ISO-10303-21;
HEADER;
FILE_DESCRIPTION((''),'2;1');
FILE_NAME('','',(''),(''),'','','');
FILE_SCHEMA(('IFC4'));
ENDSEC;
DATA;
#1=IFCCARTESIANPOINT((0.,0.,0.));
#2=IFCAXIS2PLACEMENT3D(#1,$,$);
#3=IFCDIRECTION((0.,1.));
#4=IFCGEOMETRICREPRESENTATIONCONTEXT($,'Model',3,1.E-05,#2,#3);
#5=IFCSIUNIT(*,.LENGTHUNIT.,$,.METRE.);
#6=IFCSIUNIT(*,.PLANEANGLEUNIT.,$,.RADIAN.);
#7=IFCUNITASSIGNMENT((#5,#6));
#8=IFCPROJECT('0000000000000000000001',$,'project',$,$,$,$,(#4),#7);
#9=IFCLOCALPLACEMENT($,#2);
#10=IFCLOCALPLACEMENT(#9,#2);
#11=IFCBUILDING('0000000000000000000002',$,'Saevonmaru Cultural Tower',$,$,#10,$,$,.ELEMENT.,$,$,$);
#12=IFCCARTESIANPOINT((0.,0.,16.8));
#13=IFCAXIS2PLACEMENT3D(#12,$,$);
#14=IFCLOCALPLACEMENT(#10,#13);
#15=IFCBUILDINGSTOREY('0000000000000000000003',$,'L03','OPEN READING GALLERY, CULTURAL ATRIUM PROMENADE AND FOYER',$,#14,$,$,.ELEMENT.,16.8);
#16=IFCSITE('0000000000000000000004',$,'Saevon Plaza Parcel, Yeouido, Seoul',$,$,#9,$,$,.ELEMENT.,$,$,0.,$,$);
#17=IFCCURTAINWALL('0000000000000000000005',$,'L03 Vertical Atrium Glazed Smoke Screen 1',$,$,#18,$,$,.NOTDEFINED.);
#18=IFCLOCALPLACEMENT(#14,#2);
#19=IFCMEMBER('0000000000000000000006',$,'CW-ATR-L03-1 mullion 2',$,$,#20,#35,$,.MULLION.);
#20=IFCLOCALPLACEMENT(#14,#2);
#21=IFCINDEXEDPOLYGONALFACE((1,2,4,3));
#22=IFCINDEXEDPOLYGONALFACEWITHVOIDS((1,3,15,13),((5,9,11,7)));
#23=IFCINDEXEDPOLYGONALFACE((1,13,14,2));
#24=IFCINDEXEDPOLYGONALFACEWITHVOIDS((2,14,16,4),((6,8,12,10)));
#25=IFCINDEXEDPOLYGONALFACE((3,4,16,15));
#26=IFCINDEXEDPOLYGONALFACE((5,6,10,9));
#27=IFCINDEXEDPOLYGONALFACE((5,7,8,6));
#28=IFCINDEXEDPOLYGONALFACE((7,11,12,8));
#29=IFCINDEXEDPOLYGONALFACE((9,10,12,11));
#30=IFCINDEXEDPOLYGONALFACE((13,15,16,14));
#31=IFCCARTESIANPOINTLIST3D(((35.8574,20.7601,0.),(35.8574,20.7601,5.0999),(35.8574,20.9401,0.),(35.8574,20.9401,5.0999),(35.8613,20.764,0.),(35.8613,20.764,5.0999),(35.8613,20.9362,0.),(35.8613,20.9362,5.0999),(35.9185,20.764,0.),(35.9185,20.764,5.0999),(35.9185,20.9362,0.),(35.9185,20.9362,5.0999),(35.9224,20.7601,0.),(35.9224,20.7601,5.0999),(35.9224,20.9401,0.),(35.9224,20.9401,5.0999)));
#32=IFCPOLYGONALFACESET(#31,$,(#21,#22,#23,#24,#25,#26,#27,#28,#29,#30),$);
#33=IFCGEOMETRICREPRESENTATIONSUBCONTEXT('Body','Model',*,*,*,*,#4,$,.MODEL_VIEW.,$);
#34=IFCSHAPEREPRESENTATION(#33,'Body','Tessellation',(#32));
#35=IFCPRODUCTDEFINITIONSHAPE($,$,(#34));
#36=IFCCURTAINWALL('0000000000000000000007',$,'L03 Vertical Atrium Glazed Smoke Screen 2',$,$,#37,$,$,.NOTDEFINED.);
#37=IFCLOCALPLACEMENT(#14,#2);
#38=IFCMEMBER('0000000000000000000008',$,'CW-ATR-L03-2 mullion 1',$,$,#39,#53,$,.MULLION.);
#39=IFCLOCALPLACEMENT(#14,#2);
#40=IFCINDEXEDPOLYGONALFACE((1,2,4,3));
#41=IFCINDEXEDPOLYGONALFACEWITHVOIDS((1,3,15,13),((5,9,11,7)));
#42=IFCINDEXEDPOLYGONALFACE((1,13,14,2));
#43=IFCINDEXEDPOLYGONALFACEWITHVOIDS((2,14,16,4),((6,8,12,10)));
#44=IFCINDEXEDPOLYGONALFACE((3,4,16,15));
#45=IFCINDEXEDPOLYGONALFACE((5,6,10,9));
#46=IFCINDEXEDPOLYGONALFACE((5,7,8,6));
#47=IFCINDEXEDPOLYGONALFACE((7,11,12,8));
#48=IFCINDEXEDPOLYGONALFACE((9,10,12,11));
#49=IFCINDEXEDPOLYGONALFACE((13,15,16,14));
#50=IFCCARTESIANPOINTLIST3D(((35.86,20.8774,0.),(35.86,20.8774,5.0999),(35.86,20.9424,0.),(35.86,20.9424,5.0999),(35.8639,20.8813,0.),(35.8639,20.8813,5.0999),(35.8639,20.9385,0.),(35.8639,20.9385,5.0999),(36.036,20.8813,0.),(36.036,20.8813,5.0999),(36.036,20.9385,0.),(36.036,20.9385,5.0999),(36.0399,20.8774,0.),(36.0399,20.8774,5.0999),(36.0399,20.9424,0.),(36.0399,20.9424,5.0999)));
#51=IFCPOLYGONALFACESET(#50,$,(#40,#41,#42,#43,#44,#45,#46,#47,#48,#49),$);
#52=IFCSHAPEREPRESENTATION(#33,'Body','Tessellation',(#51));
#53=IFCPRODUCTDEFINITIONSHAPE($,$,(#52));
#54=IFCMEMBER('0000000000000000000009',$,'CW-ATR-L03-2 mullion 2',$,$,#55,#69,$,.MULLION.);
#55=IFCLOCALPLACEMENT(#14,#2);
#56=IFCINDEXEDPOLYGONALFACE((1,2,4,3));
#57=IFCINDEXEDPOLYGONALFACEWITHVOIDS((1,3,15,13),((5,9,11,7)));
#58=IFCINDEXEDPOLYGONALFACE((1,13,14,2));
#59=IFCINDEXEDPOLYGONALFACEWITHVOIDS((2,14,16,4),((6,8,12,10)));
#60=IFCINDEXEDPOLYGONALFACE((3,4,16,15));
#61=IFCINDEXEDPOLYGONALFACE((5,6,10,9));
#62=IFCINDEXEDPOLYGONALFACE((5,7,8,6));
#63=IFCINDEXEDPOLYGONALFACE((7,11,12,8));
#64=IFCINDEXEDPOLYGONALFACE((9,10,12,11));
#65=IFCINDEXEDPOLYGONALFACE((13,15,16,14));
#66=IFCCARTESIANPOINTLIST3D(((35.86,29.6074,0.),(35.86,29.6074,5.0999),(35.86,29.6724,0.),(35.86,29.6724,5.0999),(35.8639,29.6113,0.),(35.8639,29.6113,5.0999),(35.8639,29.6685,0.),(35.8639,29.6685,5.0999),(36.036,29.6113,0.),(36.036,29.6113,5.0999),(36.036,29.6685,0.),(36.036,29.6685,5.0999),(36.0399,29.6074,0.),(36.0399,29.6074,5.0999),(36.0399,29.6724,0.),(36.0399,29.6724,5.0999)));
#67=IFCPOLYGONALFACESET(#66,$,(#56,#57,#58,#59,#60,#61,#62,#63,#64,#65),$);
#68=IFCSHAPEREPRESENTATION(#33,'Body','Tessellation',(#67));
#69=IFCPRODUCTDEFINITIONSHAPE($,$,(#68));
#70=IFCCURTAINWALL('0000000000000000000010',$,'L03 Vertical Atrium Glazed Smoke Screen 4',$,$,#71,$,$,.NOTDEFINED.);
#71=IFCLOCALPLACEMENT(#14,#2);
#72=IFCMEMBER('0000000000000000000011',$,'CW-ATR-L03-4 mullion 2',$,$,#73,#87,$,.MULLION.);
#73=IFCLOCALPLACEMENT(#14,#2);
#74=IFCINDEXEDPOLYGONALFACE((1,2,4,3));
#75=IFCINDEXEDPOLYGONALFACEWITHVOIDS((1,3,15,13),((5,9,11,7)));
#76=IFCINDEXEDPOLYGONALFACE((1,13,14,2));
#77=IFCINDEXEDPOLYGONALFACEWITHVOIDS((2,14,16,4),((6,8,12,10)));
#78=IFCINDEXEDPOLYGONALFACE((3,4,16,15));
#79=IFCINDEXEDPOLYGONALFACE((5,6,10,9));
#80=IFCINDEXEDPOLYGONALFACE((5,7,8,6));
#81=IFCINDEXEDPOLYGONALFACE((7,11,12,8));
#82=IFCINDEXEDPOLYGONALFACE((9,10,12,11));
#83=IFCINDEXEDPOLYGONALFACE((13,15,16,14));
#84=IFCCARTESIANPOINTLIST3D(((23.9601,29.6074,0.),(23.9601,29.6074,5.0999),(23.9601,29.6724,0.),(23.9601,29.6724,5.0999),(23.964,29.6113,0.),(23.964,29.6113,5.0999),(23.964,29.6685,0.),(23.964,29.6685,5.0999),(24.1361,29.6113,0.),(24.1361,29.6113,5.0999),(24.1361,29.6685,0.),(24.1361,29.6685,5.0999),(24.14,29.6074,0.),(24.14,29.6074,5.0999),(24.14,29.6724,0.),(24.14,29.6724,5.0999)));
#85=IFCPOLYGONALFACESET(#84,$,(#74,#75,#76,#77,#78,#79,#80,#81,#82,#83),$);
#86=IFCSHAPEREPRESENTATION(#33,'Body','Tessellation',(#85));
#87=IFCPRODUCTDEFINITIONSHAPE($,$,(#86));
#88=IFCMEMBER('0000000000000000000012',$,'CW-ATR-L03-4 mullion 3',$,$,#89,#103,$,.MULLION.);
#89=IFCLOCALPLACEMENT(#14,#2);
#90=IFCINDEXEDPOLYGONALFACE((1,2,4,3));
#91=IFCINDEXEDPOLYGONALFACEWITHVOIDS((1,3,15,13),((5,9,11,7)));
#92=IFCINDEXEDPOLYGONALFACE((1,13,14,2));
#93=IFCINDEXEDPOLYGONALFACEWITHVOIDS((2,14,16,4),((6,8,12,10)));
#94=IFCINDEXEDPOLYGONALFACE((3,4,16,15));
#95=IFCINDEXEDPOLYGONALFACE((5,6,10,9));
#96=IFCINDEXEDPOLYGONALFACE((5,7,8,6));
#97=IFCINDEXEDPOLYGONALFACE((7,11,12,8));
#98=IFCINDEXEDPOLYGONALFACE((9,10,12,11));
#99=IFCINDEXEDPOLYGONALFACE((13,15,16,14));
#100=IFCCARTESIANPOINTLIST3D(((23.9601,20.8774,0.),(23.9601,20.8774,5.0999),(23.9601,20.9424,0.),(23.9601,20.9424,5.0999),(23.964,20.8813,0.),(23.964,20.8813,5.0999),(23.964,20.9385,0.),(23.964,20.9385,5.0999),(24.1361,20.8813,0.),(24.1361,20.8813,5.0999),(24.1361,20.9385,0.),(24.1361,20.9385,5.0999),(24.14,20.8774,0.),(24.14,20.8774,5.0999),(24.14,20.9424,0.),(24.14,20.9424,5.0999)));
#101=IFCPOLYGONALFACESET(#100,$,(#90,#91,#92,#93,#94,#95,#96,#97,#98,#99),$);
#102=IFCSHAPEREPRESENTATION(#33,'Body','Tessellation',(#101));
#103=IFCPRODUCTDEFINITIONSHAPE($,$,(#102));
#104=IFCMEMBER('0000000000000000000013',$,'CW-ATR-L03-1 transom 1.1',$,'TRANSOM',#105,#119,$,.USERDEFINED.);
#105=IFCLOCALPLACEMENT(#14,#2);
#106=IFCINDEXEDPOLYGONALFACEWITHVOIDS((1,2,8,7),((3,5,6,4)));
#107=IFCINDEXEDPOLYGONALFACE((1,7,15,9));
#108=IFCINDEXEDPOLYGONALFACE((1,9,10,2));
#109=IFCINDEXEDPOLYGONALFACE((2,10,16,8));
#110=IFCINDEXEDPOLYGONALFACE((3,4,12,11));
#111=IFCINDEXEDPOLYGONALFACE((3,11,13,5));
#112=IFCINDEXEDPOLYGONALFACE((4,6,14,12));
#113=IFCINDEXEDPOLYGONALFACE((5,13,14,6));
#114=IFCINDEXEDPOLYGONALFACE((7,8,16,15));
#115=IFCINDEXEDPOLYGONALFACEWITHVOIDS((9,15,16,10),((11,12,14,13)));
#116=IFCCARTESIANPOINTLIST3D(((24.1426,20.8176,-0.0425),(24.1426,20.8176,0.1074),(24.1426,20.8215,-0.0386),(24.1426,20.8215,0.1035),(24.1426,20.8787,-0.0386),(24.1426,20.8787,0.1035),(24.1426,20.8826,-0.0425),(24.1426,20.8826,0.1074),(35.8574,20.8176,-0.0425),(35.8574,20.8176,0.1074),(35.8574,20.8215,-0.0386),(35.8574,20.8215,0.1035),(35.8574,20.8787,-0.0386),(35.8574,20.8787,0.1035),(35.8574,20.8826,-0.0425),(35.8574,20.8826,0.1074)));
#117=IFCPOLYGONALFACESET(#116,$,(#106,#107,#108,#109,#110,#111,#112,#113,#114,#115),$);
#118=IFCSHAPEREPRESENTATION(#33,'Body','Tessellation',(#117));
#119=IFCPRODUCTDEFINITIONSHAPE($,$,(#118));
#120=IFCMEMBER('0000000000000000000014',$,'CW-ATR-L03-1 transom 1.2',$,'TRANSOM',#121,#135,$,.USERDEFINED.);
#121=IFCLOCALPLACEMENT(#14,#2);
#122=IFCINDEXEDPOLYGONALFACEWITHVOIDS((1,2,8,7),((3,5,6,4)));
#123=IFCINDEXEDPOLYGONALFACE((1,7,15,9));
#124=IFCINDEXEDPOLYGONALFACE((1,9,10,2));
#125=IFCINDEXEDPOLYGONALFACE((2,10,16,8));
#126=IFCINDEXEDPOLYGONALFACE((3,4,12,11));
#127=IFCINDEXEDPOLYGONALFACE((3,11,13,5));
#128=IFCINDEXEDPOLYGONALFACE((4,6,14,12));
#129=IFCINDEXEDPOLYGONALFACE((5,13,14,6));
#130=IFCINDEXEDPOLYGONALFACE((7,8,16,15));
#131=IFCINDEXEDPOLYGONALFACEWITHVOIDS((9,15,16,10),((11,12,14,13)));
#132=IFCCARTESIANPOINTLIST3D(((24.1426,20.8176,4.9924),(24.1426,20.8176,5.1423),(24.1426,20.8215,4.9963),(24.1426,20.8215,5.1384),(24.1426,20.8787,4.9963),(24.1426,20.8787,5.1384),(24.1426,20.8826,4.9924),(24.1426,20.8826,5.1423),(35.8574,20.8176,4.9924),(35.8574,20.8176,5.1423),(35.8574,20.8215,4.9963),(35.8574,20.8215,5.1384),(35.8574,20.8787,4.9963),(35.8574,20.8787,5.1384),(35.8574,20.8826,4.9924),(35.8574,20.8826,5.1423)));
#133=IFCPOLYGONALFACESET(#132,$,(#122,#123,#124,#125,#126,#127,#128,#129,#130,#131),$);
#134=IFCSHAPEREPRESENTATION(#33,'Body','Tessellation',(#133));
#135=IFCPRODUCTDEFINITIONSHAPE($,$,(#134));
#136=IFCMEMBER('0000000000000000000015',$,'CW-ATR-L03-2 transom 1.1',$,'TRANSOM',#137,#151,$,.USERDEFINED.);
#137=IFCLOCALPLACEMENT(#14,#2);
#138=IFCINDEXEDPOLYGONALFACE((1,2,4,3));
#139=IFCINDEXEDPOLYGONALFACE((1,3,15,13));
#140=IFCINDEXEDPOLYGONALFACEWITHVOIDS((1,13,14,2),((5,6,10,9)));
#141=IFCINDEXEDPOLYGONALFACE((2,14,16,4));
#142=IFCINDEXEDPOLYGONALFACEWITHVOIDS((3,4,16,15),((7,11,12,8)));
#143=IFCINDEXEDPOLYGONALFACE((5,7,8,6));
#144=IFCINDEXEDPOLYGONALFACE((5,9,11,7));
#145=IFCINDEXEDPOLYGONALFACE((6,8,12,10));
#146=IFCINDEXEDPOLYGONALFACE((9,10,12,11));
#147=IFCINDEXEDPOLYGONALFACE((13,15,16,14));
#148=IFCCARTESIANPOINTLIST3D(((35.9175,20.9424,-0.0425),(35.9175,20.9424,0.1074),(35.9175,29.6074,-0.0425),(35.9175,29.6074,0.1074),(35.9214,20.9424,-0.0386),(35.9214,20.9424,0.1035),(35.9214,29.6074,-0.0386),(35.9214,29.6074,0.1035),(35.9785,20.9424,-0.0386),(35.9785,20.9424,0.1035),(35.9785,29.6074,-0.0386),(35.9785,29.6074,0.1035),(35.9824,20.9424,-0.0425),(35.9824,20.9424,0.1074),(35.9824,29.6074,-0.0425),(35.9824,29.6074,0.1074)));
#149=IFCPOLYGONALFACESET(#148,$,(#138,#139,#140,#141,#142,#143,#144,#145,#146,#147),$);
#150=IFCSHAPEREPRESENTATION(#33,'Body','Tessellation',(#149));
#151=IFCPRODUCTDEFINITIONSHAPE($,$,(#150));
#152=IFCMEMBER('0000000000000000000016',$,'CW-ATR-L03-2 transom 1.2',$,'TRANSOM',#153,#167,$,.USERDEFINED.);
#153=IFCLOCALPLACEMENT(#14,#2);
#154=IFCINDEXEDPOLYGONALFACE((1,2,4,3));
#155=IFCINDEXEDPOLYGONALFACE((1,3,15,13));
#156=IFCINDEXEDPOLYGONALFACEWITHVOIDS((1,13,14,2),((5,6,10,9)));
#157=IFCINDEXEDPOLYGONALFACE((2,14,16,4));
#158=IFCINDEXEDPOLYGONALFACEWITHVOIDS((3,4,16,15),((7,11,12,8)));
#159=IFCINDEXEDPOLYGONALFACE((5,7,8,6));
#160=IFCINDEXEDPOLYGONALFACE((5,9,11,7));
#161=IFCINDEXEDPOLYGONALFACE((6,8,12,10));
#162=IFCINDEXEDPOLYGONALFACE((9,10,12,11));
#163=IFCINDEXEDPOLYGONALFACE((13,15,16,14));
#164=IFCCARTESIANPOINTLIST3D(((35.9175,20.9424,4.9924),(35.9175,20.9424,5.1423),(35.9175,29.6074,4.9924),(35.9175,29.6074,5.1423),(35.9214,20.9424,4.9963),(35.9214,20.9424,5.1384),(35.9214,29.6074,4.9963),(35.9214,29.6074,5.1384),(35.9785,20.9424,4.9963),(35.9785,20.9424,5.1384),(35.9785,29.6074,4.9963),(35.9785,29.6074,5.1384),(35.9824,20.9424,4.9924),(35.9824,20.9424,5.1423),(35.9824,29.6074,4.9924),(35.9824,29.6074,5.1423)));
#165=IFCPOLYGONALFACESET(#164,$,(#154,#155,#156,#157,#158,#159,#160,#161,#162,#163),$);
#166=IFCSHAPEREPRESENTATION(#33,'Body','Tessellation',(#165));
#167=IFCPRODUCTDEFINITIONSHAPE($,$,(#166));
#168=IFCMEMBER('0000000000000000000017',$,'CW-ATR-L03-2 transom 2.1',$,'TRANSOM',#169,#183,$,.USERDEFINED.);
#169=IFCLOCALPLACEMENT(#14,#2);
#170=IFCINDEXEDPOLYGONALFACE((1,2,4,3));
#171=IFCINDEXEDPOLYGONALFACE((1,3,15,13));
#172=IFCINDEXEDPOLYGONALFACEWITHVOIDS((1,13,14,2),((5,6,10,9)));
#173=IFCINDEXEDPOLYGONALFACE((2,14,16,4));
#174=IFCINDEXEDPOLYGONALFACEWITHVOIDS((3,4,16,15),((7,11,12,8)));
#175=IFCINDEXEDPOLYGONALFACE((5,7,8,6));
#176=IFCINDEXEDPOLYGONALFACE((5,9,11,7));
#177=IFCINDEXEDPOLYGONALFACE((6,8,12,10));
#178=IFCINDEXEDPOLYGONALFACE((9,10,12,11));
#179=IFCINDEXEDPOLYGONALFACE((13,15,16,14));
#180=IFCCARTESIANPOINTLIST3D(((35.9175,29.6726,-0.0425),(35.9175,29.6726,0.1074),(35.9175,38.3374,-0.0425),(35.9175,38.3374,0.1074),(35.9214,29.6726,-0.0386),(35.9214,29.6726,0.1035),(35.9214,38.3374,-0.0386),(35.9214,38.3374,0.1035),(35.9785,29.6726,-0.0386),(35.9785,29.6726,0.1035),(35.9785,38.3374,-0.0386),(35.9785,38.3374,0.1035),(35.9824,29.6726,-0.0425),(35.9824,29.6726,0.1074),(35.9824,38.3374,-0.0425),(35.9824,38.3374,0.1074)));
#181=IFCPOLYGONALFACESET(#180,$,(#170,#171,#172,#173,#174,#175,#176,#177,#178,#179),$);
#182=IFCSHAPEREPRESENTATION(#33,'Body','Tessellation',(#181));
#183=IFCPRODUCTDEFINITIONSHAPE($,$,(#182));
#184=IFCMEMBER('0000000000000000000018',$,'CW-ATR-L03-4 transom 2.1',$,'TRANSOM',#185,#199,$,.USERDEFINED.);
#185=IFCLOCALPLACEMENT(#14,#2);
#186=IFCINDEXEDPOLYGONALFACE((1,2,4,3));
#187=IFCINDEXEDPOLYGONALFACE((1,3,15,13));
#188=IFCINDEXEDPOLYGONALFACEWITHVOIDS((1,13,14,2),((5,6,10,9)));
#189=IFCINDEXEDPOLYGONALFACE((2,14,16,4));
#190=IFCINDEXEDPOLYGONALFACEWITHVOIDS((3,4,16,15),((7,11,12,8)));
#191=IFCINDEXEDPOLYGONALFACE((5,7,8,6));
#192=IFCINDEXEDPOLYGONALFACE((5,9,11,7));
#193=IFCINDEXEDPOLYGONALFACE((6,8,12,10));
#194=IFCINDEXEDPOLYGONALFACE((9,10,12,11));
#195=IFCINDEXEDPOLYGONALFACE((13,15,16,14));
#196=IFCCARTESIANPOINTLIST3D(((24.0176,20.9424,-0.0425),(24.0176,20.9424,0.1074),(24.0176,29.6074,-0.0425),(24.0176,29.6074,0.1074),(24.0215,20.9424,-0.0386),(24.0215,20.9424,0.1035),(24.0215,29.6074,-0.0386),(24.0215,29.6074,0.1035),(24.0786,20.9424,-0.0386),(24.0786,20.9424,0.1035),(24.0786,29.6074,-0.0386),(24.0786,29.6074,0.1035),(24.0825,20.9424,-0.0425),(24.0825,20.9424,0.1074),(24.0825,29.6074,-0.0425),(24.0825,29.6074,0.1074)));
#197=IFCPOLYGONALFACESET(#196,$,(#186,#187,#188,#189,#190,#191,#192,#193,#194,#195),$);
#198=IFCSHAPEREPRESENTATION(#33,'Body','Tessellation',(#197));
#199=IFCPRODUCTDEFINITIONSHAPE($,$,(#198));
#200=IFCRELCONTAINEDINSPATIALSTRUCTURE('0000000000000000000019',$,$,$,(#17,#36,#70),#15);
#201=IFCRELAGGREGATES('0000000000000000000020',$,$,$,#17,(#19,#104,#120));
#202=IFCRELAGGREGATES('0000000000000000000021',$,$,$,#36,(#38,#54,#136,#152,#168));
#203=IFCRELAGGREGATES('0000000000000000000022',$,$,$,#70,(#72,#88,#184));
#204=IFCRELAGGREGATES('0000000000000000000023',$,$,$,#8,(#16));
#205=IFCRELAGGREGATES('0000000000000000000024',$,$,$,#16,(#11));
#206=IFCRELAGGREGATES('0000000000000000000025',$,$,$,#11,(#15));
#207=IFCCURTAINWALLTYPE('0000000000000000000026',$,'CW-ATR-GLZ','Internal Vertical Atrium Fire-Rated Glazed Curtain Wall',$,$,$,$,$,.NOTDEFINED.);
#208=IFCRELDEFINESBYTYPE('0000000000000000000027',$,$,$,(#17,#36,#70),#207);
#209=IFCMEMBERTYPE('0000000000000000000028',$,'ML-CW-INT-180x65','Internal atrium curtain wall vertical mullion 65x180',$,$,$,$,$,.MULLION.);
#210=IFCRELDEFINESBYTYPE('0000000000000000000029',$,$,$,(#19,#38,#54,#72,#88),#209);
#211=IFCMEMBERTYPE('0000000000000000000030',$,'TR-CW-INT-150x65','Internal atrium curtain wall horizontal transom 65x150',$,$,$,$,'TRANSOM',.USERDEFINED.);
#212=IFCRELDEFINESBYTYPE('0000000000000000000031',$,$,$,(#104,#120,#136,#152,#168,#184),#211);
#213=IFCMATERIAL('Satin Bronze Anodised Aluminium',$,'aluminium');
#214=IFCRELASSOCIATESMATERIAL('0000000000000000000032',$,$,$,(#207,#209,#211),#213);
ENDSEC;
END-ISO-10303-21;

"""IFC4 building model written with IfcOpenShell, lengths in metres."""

from ifc_helpers import new_model, si_unit, direction, frame, origin, origin_2d, place, context, subcontext, project, spatial, hollow_rectangle, extrude, material, material_profile, profile_set, type_object, element, aggregate, save


model = new_model("IFC4")

# Units and contexts
model_context = context("Model", 3, precision=1e-05, world=origin(), true_north=direction((0.0, 1.0)))
body_context = subcontext(model_context, "Body", "Model", "MODEL_VIEW")
ifc_project = project(units=[si_unit("LENGTHUNIT", "METRE"), si_unit("PLANEANGLEUNIT", "RADIAN")], contexts=[model_context])

# Site, building, storey
site_placement = place(None, origin())
site = spatial("IfcSite", under=ifc_project, at=site_placement, Name="Saevon Plaza Parcel, Yeouido, Seoul", CompositionType="ELEMENT", RefElevation=0.0)
building_placement = place(site_placement, origin())
building = spatial("IfcBuilding", under=site, at=building_placement, Name="Saevonmaru Cultural Tower", CompositionType="ELEMENT")
storey_placement = place(building_placement, frame((0.0, 0.0, 16.8)))
storey = spatial("IfcBuildingStorey", under=building, at=storey_placement, Name="L03", Description="OPEN READING GALLERY, CULTURAL ATRIUM PROMENADE AND FOYER", CompositionType="ELEMENT", Elevation=16.8)

# Curtain walls, members
ifc_material_1 = material(Name="Satin Bronze Anodised Aluminium", Category="aluminium")
curtain_wall_type = type_object("IfcCurtainWallType", Name="CW-ATR-GLZ", Description="Internal Vertical Atrium Fire-Rated Glazed Curtain Wall", PredefinedType="NOTDEFINED", material=ifc_material_1)
curtain_wall_1_placement = place(storey_placement, origin())
curtain_wall_1 = element("IfcCurtainWall", 1, at=curtain_wall_1_placement, inside=storey, type_object=curtain_wall_type, Name="L03 Vertical Atrium Glazed Smoke Screen 1", PredefinedType="NOTDEFINED")
ifc_material_profile_1 = material_profile(ifc_material_1, hollow_rectangle(XDim=0.0649, YDim=0.1799, WallThickness=0.0039, at=origin_2d()), Name="ALU-MULL-180x65x4")
ifc_profile_set_1 = profile_set([ifc_material_profile_1], Name="Satin Bronze Anodised Aluminium")
member_type_1 = type_object("IfcMemberType", Name="ML-CW-INT-180x65", Description="Internal atrium curtain wall vertical mullion 65x180", PredefinedType="MULLION", material=ifc_profile_set_1)
member_1_placement = place(storey_placement, frame((35.8899, 20.8501, 0.0), z_axis=(0.0, 0.0, 1.0), x_axis=(1.0, 0.0, 0.0)))
member_1 = element("IfcMember", 2, at=member_1_placement, type_object=member_type_1, Name="CW-ATR-L03-1 mullion 2", PredefinedType="MULLION", context=body_context, shape_type="SweptSolid", body=[
    extrude(hollow_rectangle(XDim=0.0649, YDim=0.1799, WallThickness=0.0039, at=origin_2d()), origin(), (0.0, 0.0, 1.0), 5.0999),
])
curtain_wall_2_placement = place(storey_placement, origin())
curtain_wall_2 = element("IfcCurtainWall", 3, at=curtain_wall_2_placement, inside=storey, type_object=curtain_wall_type, Name="L03 Vertical Atrium Glazed Smoke Screen 2", PredefinedType="NOTDEFINED")
member_2_placement = place(storey_placement, frame((35.95, 20.9099, 0.0), z_axis=(0.0, 0.0, 1.0), x_axis=(0.0, 1.0, 0.0)))
member_2 = element("IfcMember", 4, at=member_2_placement, type_object=member_type_1, Name="CW-ATR-L03-2 mullion 1", PredefinedType="MULLION", context=body_context, shape_type="SweptSolid", body=[
    extrude(hollow_rectangle(XDim=0.0649, YDim=0.1799, WallThickness=0.0039, at=origin_2d()), origin(), (0.0, 0.0, 1.0), 5.0999),
])
member_3_placement = place(storey_placement, frame((35.95, 29.6399, 0.0), z_axis=(0.0, 0.0, 1.0), x_axis=(0.0, 1.0, 0.0)))
member_3 = element("IfcMember", 5, at=member_3_placement, type_object=member_type_1, Name="CW-ATR-L03-2 mullion 2", PredefinedType="MULLION", context=body_context, shape_type="SweptSolid", body=[
    extrude(hollow_rectangle(XDim=0.0649, YDim=0.1799, WallThickness=0.0039, at=origin_2d()), origin(), (0.0, 0.0, 1.0), 5.0999),
])
curtain_wall_3_placement = place(storey_placement, origin())
curtain_wall_3 = element("IfcCurtainWall", 6, at=curtain_wall_3_placement, inside=storey, type_object=curtain_wall_type, Name="L03 Vertical Atrium Glazed Smoke Screen 4", PredefinedType="NOTDEFINED")
member_4_placement = place(storey_placement, frame((24.05, 29.6399, 0.0), z_axis=(0.0, 0.0, 1.0), x_axis=(0.0, -1.0, 0.0)))
member_4 = element("IfcMember", 7, at=member_4_placement, type_object=member_type_1, Name="CW-ATR-L03-4 mullion 2", PredefinedType="MULLION", context=body_context, shape_type="SweptSolid", body=[
    extrude(hollow_rectangle(XDim=0.0649, YDim=0.1799, WallThickness=0.0039, at=origin_2d()), origin(), (0.0, 0.0, 1.0), 5.0999),
])
member_5_placement = place(storey_placement, frame((24.05, 20.9099, 0.0), z_axis=(0.0, 0.0, 1.0), x_axis=(0.0, -1.0, 0.0)))
member_5 = element("IfcMember", 8, at=member_5_placement, type_object=member_type_1, Name="CW-ATR-L03-4 mullion 3", PredefinedType="MULLION", context=body_context, shape_type="SweptSolid", body=[
    extrude(hollow_rectangle(XDim=0.0649, YDim=0.1799, WallThickness=0.0039, at=origin_2d()), origin(), (0.0, 0.0, 1.0), 5.0999),
])

# Members
ifc_material_profile_2 = material_profile(ifc_material_1, hollow_rectangle(XDim=0.0649, YDim=0.1499, WallThickness=0.0039, at=origin_2d()), Name="ALU-TRAN-150x65x4")
ifc_profile_set_2 = profile_set([ifc_material_profile_2], Name="Satin Bronze Anodised Aluminium")
member_type_2 = type_object("IfcMemberType", Name="TR-CW-INT-150x65", Description="Internal atrium curtain wall horizontal transom 65x150", ElementType="TRANSOM", PredefinedType="USERDEFINED", material=ifc_profile_set_2)
member_6_placement = place(storey_placement, frame((24.1426, 20.8501, 0.0325), z_axis=(1.0, 0.0, 0.0), x_axis=(0.0, 1.0, 0.0)))
member_6 = element("IfcMember", 9, at=member_6_placement, type_object=member_type_2, Name="CW-ATR-L03-1 transom 1.1", ObjectType="TRANSOM", PredefinedType="USERDEFINED", context=body_context, shape_type="SweptSolid", body=[
    extrude(hollow_rectangle(XDim=0.0649, YDim=0.1499, WallThickness=0.0039, at=origin_2d()), origin(), (0.0, 0.0, 1.0), 11.7148),
])
member_7_placement = place(storey_placement, frame((24.1426, 20.8501, 5.0674), z_axis=(1.0, 0.0, 0.0), x_axis=(0.0, 1.0, 0.0)))
member_7 = element("IfcMember", 10, at=member_7_placement, type_object=member_type_2, Name="CW-ATR-L03-1 transom 1.2", ObjectType="TRANSOM", PredefinedType="USERDEFINED", context=body_context, shape_type="SweptSolid", body=[
    extrude(hollow_rectangle(XDim=0.0649, YDim=0.1499, WallThickness=0.0039, at=origin_2d()), origin(), (0.0, 0.0, 1.0), 11.7148),
])
member_8_placement = place(storey_placement, frame((35.95, 20.9424, 0.0325), z_axis=(0.0, 1.0, 0.0), x_axis=(-1.0, 0.0, 0.0)))
member_8 = element("IfcMember", 11, at=member_8_placement, type_object=member_type_2, Name="CW-ATR-L03-2 transom 1.1", ObjectType="TRANSOM", PredefinedType="USERDEFINED", context=body_context, shape_type="SweptSolid", body=[
    extrude(hollow_rectangle(XDim=0.0649, YDim=0.1499, WallThickness=0.0039, at=origin_2d()), origin(), (0.0, 0.0, 1.0), 8.665),
])
member_9_placement = place(storey_placement, frame((35.95, 20.9424, 5.0674), z_axis=(0.0, 1.0, 0.0), x_axis=(-1.0, 0.0, 0.0)))
member_9 = element("IfcMember", 12, at=member_9_placement, type_object=member_type_2, Name="CW-ATR-L03-2 transom 1.2", ObjectType="TRANSOM", PredefinedType="USERDEFINED", context=body_context, shape_type="SweptSolid", body=[
    extrude(hollow_rectangle(XDim=0.0649, YDim=0.1499, WallThickness=0.0039, at=origin_2d()), origin(), (0.0, 0.0, 1.0), 8.665),
])
member_10_placement = place(storey_placement, frame((35.95, 29.6726, 0.0325), z_axis=(0.0, 1.0, 0.0), x_axis=(-1.0, 0.0, 0.0)))
member_10 = element("IfcMember", 13, at=member_10_placement, type_object=member_type_2, Name="CW-ATR-L03-2 transom 2.1", ObjectType="TRANSOM", PredefinedType="USERDEFINED", context=body_context, shape_type="SweptSolid", body=[
    extrude(hollow_rectangle(XDim=0.0649, YDim=0.1499, WallThickness=0.0039, at=origin_2d()), origin(), (0.0, 0.0, 1.0), 8.6648),
])
member_11_placement = place(storey_placement, frame((24.05, 29.6074, 0.0325), z_axis=(0.0, -1.0, 0.0), x_axis=(1.0, 0.0, 0.0)))
member_11 = element("IfcMember", 14, at=member_11_placement, type_object=member_type_2, Name="CW-ATR-L03-4 transom 2.1", ObjectType="TRANSOM", PredefinedType="USERDEFINED", context=body_context, shape_type="SweptSolid", body=[
    extrude(hollow_rectangle(XDim=0.0649, YDim=0.1499, WallThickness=0.0039, at=origin_2d()), origin(), (0.0, 0.0, 1.0), 8.665),
])

aggregate(curtain_wall_1, [member_1, member_6, member_7])
aggregate(curtain_wall_2, [member_2, member_3, member_8, member_9, member_10])
aggregate(curtain_wall_3, [member_4, member_5, member_11])

save(model, "model.ifc")
